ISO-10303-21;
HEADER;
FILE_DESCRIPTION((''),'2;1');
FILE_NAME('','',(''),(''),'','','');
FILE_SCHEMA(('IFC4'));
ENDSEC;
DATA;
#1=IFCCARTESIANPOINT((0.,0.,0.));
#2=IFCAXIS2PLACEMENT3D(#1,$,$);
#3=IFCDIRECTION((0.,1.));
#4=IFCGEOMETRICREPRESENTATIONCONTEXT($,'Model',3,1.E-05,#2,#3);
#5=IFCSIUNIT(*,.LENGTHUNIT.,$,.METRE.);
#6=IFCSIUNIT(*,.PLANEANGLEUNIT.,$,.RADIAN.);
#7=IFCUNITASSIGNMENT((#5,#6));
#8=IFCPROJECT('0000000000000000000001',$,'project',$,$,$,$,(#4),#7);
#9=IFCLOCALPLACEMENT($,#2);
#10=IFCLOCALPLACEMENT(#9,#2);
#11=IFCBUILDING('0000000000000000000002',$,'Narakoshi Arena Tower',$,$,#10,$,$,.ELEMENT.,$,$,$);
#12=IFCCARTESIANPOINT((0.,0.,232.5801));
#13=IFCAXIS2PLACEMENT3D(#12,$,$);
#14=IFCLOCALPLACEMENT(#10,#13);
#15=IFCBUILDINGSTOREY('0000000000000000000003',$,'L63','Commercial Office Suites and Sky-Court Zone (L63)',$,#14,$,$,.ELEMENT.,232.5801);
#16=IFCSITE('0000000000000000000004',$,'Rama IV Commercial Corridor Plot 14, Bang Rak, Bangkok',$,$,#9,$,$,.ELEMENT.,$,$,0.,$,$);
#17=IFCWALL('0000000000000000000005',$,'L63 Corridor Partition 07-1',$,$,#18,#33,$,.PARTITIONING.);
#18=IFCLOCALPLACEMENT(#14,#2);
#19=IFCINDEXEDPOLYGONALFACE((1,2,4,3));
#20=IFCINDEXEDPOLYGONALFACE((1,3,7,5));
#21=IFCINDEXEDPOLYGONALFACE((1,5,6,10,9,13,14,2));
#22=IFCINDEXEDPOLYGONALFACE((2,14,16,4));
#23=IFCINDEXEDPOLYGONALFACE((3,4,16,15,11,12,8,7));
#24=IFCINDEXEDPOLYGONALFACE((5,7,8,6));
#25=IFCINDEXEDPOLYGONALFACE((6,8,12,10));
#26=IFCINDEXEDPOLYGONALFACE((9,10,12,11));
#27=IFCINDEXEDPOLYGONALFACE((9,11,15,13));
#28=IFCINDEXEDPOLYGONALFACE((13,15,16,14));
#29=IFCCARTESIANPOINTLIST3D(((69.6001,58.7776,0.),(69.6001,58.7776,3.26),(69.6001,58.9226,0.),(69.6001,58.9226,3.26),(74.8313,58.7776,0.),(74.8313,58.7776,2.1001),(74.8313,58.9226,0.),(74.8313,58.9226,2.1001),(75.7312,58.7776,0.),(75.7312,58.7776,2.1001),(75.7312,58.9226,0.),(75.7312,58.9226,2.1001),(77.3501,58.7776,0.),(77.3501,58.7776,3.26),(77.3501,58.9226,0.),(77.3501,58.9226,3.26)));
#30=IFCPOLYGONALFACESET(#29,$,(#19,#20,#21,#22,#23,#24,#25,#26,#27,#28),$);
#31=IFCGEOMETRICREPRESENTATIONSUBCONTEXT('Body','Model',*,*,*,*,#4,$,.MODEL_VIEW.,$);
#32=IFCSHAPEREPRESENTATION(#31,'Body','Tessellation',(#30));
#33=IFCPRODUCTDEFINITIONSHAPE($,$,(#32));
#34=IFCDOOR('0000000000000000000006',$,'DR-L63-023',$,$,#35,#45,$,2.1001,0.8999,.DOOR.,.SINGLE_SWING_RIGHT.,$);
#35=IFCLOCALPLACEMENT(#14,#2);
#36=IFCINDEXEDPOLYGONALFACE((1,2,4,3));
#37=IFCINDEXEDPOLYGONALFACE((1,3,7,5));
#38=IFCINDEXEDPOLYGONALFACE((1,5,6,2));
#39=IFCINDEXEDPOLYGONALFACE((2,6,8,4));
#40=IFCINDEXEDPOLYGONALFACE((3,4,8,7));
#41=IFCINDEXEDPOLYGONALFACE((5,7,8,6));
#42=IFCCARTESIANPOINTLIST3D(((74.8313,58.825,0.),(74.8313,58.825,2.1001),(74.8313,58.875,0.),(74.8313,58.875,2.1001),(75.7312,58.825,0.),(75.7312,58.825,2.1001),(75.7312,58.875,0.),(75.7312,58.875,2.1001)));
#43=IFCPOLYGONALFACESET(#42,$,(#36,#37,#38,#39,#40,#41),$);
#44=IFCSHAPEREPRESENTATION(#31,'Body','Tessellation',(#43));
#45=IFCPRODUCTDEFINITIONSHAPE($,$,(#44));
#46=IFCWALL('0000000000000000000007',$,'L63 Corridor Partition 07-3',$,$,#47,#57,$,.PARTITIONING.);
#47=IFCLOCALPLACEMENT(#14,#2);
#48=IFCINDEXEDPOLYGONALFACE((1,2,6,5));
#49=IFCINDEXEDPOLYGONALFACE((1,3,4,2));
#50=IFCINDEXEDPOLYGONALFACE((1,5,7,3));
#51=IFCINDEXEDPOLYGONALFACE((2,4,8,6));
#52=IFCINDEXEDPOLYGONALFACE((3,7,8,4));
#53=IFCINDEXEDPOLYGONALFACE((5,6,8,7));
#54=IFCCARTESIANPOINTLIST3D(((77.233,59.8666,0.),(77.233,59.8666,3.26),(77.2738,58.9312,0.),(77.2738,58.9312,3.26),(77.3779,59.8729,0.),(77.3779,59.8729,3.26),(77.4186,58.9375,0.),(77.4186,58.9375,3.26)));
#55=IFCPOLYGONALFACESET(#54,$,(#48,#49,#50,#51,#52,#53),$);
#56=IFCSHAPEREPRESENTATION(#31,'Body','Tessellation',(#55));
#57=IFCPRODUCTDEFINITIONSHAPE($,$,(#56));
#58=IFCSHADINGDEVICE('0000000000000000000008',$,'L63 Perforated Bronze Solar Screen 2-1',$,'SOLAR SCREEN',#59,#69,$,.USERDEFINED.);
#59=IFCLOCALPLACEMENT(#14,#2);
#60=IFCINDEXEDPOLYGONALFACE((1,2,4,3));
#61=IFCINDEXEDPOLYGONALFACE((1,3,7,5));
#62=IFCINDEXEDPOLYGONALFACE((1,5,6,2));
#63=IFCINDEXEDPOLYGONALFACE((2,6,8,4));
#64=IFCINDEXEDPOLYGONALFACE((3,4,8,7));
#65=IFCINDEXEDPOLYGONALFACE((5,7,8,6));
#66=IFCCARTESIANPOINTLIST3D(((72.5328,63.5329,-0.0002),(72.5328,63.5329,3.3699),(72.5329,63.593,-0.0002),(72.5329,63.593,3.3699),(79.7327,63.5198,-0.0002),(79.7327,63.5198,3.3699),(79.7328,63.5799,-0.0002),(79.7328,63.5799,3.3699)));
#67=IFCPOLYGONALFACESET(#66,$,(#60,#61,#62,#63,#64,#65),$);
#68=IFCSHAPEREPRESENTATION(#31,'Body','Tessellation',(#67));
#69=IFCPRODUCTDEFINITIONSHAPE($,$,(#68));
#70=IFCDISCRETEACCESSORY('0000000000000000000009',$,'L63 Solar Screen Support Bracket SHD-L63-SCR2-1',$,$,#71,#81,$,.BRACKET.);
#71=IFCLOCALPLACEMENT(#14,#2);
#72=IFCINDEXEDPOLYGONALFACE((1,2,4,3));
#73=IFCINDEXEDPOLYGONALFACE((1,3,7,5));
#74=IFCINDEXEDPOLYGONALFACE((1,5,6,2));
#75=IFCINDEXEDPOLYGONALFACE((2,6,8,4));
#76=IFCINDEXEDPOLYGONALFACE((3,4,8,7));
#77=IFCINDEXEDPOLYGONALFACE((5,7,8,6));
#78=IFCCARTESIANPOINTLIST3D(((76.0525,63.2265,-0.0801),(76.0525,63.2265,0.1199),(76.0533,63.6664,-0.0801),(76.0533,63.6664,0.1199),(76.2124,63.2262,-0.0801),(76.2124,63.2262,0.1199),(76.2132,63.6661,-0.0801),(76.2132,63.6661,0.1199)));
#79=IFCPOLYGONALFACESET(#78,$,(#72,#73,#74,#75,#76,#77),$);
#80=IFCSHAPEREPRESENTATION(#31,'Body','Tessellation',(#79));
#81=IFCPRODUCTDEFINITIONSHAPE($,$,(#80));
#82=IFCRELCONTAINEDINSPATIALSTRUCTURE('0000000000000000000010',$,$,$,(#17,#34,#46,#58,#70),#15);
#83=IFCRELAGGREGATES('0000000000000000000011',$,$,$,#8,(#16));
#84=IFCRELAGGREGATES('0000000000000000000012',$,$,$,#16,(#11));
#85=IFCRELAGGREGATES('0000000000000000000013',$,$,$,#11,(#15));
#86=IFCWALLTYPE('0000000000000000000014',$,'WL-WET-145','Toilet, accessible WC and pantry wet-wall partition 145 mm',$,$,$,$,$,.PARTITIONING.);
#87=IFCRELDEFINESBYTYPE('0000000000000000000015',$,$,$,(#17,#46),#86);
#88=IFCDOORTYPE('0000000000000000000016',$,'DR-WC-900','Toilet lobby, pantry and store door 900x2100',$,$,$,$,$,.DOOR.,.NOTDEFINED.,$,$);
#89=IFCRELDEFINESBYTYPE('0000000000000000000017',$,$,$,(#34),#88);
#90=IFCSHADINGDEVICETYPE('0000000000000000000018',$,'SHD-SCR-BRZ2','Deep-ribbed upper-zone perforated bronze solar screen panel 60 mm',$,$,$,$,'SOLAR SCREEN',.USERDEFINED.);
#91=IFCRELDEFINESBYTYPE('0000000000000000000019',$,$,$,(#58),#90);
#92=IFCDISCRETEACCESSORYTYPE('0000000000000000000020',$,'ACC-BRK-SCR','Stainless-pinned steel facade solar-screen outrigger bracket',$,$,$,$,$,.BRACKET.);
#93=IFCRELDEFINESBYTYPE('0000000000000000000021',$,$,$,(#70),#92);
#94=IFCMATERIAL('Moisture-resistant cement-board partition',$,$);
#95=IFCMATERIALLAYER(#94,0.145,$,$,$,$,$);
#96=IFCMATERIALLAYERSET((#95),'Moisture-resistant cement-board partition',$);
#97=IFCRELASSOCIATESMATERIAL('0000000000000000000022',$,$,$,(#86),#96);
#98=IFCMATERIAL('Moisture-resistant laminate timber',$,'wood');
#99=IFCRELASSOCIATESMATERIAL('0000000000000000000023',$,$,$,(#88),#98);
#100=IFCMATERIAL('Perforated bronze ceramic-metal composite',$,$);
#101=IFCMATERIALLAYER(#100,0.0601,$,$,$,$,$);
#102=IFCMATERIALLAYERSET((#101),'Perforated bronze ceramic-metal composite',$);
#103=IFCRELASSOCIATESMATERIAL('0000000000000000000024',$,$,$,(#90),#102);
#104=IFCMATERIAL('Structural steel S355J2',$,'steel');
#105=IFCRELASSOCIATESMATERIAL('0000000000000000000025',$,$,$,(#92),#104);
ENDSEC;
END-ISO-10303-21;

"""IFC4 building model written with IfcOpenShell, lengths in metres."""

from ifc_helpers import new_model, si_unit, direction, frame, frame_2d, origin, origin_2d, place, context, subcontext, project, spatial, rectangle, extrude, material, layer, layer_set, type_object, element, fill, save


model = new_model("IFC4")

# Units and contexts
model_context = context("Model", 3, precision=1e-05, world=origin(), true_north=direction((0.0, 1.0)))
body_context = subcontext(model_context, "Body", "Model", "MODEL_VIEW")
ifc_project = project(units=[si_unit("LENGTHUNIT", "METRE"), si_unit("PLANEANGLEUNIT", "RADIAN")], contexts=[model_context])

# Site, building, storey
site_placement = place(None, origin())
site = spatial("IfcSite", under=ifc_project, at=site_placement, Name="Rama IV Commercial Corridor Plot 14, Bang Rak, Bangkok", CompositionType="ELEMENT", RefElevation=0.0)
building_placement = place(site_placement, origin())
building = spatial("IfcBuilding", under=site, at=building_placement, Name="Narakoshi Arena Tower", CompositionType="ELEMENT")
storey_placement = place(building_placement, frame((0.0, 0.0, 232.5801)))
storey = spatial("IfcBuildingStorey", under=building, at=storey_placement, Name="L63", Description="Commercial Office Suites and Sky-Court Zone (L63)", CompositionType="ELEMENT", Elevation=232.5801)

# Shared definitions
ifc_material_1 = material(Name="Structural steel S355J2", Category="steel")

# Shared definitions
ifc_material_2 = material(Name="Moisture-resistant cement-board partition")
ifc_layer_1 = layer(ifc_material_2, 0.145)
ifc_layer_set_1 = layer_set([ifc_layer_1], Name="Moisture-resistant cement-board partition")
wall_type_1 = type_object("IfcWallType", Name="WL-WET-145", Description="Toilet, accessible WC and pantry wet-wall partition 145 mm", PredefinedType="PARTITIONING", material=ifc_layer_set_1)

# Wall, opening, door
wall_1_placement = place(storey_placement, frame((77.3501, 58.8501, 0.0), z_axis=(0.0, 0.0, 1.0), x_axis=(-1.0, 0.0, 0.0)))
wall_1 = element("IfcWall", 1, at=wall_1_placement, inside=storey, type_object=wall_type_1, Name="L63 Corridor Partition 07-1", PredefinedType="PARTITIONING", context=body_context, shape_type="SweptSolid", body=[
    extrude(rectangle(XDim=7.75, YDim=0.145, at=frame_2d((3.875, 0.0))), origin(), (0.0, 0.0, 1.0), 3.26),
])
opening_placement = place(wall_1_placement, frame((1.6189, 0.0, 0.0)))
opening = element("IfcOpeningElement", 2, at=opening_placement, cuts=wall_1, PredefinedType="OPENING", context=body_context, shape_type="SweptSolid", body=[
    extrude(rectangle(XDim=0.8999, YDim=2.1001, at=frame_2d((0.45, 1.05))), frame((0.0, 0.0825, 0.0), z_axis=(0.0, -1.0, 0.0), x_axis=(1.0, 0.0, 0.0)), (0.0, 0.0, 1.0), 0.165),
])
ifc_material_3 = material(Name="Moisture-resistant laminate timber", Category="wood")
door_type = type_object("IfcDoorType", Name="DR-WC-900", Description="Toilet lobby, pantry and store door 900x2100", OperationType="NOTDEFINED", PredefinedType="DOOR", material=ifc_material_3)
door_placement = place(opening_placement, frame((0.8999, 0.0, 0.0), z_axis=(0.0, 0.0, 1.0), x_axis=(-1.0, 0.0, 0.0)))
door = element("IfcDoor", 3, at=door_placement, inside=storey, type_object=door_type, Name="DR-L63-023", OperationType="SINGLE_SWING_RIGHT", OverallHeight=2.1001, OverallWidth=0.8999, PredefinedType="DOOR", context=body_context, shape_type="SweptSolid", body=[
    extrude(rectangle(XDim=0.8999, YDim=2.1001, at=frame_2d((0.45, 1.05))), frame((0.0, 0.0249, 0.0), z_axis=(0.0, -1.0, 0.0), x_axis=(1.0, 0.0, 0.0)), (0.0, 0.0, 1.0), 0.05),
])
fill(opening, door)

# Wall
wall_2_placement = place(storey_placement, frame((77.3054, 59.8699, 0.0), z_axis=(0.0, 0.0, 1.0), x_axis=(0.04355, -0.999051, 0.0)))
element("IfcWall", 4, at=wall_2_placement, inside=storey, type_object=wall_type_1, Name="L63 Corridor Partition 07-3", PredefinedType="PARTITIONING", context=body_context, shape_type="SweptSolid", body=[
    extrude(rectangle(XDim=0.9363, YDim=0.145, at=frame_2d((0.4683, 0.0))), origin(), (0.0, 0.0, 1.0), 3.26),
])

# Shading device
ifc_material_4 = material(Name="Perforated bronze ceramic-metal composite")
ifc_layer_2 = layer(ifc_material_4, 0.0601)
ifc_layer_set_2 = layer_set([ifc_layer_2], Name="Perforated bronze ceramic-metal composite")
shading_device_type = type_object("IfcShadingDeviceType", Name="SHD-SCR-BRZ2", Description="Deep-ribbed upper-zone perforated bronze solar screen panel 60 mm", ElementType="SOLAR SCREEN", PredefinedType="USERDEFINED", material=ifc_layer_set_2)
shading_device_placement = place(storey_placement, frame((76.1328, 63.5564, -0.0002), z_axis=(0.0, 0.0, 1.0), x_axis=(-0.999998, 0.001815, 0.0)))
element("IfcShadingDevice", 5, at=shading_device_placement, inside=storey, type_object=shading_device_type, Name="L63 Perforated Bronze Solar Screen 2-1", ObjectType="SOLAR SCREEN", PredefinedType="USERDEFINED", context=body_context, shape_type="SweptSolid", body=[
    extrude(rectangle(XDim=7.2, YDim=0.0601, at=origin_2d()), origin(), (0.0, 0.0, 1.0), 3.3701),
])

# Discrete accessory
discrete_accessory_type = type_object("IfcDiscreteAccessoryType", Name="ACC-BRK-SCR", Description="Stainless-pinned steel facade solar-screen outrigger bracket", PredefinedType="BRACKET", material=ifc_material_1)
discrete_accessory_placement = place(storey_placement, frame((76.1328, 63.4463, -0.0801), z_axis=(0.0, 0.0, 1.0), x_axis=(-0.999998, 0.001815, 0.0)))
element("IfcDiscreteAccessory", 6, at=discrete_accessory_placement, inside=storey, type_object=discrete_accessory_type, Name="L63 Solar Screen Support Bracket SHD-L63-SCR2-1", PredefinedType="BRACKET", context=body_context, shape_type="SweptSolid", body=[
    extrude(rectangle(XDim=0.1599, YDim=0.4399, at=origin_2d()), origin(), (0.0, 0.0, 1.0), 0.2),
])

save(model, "model.ifc")
